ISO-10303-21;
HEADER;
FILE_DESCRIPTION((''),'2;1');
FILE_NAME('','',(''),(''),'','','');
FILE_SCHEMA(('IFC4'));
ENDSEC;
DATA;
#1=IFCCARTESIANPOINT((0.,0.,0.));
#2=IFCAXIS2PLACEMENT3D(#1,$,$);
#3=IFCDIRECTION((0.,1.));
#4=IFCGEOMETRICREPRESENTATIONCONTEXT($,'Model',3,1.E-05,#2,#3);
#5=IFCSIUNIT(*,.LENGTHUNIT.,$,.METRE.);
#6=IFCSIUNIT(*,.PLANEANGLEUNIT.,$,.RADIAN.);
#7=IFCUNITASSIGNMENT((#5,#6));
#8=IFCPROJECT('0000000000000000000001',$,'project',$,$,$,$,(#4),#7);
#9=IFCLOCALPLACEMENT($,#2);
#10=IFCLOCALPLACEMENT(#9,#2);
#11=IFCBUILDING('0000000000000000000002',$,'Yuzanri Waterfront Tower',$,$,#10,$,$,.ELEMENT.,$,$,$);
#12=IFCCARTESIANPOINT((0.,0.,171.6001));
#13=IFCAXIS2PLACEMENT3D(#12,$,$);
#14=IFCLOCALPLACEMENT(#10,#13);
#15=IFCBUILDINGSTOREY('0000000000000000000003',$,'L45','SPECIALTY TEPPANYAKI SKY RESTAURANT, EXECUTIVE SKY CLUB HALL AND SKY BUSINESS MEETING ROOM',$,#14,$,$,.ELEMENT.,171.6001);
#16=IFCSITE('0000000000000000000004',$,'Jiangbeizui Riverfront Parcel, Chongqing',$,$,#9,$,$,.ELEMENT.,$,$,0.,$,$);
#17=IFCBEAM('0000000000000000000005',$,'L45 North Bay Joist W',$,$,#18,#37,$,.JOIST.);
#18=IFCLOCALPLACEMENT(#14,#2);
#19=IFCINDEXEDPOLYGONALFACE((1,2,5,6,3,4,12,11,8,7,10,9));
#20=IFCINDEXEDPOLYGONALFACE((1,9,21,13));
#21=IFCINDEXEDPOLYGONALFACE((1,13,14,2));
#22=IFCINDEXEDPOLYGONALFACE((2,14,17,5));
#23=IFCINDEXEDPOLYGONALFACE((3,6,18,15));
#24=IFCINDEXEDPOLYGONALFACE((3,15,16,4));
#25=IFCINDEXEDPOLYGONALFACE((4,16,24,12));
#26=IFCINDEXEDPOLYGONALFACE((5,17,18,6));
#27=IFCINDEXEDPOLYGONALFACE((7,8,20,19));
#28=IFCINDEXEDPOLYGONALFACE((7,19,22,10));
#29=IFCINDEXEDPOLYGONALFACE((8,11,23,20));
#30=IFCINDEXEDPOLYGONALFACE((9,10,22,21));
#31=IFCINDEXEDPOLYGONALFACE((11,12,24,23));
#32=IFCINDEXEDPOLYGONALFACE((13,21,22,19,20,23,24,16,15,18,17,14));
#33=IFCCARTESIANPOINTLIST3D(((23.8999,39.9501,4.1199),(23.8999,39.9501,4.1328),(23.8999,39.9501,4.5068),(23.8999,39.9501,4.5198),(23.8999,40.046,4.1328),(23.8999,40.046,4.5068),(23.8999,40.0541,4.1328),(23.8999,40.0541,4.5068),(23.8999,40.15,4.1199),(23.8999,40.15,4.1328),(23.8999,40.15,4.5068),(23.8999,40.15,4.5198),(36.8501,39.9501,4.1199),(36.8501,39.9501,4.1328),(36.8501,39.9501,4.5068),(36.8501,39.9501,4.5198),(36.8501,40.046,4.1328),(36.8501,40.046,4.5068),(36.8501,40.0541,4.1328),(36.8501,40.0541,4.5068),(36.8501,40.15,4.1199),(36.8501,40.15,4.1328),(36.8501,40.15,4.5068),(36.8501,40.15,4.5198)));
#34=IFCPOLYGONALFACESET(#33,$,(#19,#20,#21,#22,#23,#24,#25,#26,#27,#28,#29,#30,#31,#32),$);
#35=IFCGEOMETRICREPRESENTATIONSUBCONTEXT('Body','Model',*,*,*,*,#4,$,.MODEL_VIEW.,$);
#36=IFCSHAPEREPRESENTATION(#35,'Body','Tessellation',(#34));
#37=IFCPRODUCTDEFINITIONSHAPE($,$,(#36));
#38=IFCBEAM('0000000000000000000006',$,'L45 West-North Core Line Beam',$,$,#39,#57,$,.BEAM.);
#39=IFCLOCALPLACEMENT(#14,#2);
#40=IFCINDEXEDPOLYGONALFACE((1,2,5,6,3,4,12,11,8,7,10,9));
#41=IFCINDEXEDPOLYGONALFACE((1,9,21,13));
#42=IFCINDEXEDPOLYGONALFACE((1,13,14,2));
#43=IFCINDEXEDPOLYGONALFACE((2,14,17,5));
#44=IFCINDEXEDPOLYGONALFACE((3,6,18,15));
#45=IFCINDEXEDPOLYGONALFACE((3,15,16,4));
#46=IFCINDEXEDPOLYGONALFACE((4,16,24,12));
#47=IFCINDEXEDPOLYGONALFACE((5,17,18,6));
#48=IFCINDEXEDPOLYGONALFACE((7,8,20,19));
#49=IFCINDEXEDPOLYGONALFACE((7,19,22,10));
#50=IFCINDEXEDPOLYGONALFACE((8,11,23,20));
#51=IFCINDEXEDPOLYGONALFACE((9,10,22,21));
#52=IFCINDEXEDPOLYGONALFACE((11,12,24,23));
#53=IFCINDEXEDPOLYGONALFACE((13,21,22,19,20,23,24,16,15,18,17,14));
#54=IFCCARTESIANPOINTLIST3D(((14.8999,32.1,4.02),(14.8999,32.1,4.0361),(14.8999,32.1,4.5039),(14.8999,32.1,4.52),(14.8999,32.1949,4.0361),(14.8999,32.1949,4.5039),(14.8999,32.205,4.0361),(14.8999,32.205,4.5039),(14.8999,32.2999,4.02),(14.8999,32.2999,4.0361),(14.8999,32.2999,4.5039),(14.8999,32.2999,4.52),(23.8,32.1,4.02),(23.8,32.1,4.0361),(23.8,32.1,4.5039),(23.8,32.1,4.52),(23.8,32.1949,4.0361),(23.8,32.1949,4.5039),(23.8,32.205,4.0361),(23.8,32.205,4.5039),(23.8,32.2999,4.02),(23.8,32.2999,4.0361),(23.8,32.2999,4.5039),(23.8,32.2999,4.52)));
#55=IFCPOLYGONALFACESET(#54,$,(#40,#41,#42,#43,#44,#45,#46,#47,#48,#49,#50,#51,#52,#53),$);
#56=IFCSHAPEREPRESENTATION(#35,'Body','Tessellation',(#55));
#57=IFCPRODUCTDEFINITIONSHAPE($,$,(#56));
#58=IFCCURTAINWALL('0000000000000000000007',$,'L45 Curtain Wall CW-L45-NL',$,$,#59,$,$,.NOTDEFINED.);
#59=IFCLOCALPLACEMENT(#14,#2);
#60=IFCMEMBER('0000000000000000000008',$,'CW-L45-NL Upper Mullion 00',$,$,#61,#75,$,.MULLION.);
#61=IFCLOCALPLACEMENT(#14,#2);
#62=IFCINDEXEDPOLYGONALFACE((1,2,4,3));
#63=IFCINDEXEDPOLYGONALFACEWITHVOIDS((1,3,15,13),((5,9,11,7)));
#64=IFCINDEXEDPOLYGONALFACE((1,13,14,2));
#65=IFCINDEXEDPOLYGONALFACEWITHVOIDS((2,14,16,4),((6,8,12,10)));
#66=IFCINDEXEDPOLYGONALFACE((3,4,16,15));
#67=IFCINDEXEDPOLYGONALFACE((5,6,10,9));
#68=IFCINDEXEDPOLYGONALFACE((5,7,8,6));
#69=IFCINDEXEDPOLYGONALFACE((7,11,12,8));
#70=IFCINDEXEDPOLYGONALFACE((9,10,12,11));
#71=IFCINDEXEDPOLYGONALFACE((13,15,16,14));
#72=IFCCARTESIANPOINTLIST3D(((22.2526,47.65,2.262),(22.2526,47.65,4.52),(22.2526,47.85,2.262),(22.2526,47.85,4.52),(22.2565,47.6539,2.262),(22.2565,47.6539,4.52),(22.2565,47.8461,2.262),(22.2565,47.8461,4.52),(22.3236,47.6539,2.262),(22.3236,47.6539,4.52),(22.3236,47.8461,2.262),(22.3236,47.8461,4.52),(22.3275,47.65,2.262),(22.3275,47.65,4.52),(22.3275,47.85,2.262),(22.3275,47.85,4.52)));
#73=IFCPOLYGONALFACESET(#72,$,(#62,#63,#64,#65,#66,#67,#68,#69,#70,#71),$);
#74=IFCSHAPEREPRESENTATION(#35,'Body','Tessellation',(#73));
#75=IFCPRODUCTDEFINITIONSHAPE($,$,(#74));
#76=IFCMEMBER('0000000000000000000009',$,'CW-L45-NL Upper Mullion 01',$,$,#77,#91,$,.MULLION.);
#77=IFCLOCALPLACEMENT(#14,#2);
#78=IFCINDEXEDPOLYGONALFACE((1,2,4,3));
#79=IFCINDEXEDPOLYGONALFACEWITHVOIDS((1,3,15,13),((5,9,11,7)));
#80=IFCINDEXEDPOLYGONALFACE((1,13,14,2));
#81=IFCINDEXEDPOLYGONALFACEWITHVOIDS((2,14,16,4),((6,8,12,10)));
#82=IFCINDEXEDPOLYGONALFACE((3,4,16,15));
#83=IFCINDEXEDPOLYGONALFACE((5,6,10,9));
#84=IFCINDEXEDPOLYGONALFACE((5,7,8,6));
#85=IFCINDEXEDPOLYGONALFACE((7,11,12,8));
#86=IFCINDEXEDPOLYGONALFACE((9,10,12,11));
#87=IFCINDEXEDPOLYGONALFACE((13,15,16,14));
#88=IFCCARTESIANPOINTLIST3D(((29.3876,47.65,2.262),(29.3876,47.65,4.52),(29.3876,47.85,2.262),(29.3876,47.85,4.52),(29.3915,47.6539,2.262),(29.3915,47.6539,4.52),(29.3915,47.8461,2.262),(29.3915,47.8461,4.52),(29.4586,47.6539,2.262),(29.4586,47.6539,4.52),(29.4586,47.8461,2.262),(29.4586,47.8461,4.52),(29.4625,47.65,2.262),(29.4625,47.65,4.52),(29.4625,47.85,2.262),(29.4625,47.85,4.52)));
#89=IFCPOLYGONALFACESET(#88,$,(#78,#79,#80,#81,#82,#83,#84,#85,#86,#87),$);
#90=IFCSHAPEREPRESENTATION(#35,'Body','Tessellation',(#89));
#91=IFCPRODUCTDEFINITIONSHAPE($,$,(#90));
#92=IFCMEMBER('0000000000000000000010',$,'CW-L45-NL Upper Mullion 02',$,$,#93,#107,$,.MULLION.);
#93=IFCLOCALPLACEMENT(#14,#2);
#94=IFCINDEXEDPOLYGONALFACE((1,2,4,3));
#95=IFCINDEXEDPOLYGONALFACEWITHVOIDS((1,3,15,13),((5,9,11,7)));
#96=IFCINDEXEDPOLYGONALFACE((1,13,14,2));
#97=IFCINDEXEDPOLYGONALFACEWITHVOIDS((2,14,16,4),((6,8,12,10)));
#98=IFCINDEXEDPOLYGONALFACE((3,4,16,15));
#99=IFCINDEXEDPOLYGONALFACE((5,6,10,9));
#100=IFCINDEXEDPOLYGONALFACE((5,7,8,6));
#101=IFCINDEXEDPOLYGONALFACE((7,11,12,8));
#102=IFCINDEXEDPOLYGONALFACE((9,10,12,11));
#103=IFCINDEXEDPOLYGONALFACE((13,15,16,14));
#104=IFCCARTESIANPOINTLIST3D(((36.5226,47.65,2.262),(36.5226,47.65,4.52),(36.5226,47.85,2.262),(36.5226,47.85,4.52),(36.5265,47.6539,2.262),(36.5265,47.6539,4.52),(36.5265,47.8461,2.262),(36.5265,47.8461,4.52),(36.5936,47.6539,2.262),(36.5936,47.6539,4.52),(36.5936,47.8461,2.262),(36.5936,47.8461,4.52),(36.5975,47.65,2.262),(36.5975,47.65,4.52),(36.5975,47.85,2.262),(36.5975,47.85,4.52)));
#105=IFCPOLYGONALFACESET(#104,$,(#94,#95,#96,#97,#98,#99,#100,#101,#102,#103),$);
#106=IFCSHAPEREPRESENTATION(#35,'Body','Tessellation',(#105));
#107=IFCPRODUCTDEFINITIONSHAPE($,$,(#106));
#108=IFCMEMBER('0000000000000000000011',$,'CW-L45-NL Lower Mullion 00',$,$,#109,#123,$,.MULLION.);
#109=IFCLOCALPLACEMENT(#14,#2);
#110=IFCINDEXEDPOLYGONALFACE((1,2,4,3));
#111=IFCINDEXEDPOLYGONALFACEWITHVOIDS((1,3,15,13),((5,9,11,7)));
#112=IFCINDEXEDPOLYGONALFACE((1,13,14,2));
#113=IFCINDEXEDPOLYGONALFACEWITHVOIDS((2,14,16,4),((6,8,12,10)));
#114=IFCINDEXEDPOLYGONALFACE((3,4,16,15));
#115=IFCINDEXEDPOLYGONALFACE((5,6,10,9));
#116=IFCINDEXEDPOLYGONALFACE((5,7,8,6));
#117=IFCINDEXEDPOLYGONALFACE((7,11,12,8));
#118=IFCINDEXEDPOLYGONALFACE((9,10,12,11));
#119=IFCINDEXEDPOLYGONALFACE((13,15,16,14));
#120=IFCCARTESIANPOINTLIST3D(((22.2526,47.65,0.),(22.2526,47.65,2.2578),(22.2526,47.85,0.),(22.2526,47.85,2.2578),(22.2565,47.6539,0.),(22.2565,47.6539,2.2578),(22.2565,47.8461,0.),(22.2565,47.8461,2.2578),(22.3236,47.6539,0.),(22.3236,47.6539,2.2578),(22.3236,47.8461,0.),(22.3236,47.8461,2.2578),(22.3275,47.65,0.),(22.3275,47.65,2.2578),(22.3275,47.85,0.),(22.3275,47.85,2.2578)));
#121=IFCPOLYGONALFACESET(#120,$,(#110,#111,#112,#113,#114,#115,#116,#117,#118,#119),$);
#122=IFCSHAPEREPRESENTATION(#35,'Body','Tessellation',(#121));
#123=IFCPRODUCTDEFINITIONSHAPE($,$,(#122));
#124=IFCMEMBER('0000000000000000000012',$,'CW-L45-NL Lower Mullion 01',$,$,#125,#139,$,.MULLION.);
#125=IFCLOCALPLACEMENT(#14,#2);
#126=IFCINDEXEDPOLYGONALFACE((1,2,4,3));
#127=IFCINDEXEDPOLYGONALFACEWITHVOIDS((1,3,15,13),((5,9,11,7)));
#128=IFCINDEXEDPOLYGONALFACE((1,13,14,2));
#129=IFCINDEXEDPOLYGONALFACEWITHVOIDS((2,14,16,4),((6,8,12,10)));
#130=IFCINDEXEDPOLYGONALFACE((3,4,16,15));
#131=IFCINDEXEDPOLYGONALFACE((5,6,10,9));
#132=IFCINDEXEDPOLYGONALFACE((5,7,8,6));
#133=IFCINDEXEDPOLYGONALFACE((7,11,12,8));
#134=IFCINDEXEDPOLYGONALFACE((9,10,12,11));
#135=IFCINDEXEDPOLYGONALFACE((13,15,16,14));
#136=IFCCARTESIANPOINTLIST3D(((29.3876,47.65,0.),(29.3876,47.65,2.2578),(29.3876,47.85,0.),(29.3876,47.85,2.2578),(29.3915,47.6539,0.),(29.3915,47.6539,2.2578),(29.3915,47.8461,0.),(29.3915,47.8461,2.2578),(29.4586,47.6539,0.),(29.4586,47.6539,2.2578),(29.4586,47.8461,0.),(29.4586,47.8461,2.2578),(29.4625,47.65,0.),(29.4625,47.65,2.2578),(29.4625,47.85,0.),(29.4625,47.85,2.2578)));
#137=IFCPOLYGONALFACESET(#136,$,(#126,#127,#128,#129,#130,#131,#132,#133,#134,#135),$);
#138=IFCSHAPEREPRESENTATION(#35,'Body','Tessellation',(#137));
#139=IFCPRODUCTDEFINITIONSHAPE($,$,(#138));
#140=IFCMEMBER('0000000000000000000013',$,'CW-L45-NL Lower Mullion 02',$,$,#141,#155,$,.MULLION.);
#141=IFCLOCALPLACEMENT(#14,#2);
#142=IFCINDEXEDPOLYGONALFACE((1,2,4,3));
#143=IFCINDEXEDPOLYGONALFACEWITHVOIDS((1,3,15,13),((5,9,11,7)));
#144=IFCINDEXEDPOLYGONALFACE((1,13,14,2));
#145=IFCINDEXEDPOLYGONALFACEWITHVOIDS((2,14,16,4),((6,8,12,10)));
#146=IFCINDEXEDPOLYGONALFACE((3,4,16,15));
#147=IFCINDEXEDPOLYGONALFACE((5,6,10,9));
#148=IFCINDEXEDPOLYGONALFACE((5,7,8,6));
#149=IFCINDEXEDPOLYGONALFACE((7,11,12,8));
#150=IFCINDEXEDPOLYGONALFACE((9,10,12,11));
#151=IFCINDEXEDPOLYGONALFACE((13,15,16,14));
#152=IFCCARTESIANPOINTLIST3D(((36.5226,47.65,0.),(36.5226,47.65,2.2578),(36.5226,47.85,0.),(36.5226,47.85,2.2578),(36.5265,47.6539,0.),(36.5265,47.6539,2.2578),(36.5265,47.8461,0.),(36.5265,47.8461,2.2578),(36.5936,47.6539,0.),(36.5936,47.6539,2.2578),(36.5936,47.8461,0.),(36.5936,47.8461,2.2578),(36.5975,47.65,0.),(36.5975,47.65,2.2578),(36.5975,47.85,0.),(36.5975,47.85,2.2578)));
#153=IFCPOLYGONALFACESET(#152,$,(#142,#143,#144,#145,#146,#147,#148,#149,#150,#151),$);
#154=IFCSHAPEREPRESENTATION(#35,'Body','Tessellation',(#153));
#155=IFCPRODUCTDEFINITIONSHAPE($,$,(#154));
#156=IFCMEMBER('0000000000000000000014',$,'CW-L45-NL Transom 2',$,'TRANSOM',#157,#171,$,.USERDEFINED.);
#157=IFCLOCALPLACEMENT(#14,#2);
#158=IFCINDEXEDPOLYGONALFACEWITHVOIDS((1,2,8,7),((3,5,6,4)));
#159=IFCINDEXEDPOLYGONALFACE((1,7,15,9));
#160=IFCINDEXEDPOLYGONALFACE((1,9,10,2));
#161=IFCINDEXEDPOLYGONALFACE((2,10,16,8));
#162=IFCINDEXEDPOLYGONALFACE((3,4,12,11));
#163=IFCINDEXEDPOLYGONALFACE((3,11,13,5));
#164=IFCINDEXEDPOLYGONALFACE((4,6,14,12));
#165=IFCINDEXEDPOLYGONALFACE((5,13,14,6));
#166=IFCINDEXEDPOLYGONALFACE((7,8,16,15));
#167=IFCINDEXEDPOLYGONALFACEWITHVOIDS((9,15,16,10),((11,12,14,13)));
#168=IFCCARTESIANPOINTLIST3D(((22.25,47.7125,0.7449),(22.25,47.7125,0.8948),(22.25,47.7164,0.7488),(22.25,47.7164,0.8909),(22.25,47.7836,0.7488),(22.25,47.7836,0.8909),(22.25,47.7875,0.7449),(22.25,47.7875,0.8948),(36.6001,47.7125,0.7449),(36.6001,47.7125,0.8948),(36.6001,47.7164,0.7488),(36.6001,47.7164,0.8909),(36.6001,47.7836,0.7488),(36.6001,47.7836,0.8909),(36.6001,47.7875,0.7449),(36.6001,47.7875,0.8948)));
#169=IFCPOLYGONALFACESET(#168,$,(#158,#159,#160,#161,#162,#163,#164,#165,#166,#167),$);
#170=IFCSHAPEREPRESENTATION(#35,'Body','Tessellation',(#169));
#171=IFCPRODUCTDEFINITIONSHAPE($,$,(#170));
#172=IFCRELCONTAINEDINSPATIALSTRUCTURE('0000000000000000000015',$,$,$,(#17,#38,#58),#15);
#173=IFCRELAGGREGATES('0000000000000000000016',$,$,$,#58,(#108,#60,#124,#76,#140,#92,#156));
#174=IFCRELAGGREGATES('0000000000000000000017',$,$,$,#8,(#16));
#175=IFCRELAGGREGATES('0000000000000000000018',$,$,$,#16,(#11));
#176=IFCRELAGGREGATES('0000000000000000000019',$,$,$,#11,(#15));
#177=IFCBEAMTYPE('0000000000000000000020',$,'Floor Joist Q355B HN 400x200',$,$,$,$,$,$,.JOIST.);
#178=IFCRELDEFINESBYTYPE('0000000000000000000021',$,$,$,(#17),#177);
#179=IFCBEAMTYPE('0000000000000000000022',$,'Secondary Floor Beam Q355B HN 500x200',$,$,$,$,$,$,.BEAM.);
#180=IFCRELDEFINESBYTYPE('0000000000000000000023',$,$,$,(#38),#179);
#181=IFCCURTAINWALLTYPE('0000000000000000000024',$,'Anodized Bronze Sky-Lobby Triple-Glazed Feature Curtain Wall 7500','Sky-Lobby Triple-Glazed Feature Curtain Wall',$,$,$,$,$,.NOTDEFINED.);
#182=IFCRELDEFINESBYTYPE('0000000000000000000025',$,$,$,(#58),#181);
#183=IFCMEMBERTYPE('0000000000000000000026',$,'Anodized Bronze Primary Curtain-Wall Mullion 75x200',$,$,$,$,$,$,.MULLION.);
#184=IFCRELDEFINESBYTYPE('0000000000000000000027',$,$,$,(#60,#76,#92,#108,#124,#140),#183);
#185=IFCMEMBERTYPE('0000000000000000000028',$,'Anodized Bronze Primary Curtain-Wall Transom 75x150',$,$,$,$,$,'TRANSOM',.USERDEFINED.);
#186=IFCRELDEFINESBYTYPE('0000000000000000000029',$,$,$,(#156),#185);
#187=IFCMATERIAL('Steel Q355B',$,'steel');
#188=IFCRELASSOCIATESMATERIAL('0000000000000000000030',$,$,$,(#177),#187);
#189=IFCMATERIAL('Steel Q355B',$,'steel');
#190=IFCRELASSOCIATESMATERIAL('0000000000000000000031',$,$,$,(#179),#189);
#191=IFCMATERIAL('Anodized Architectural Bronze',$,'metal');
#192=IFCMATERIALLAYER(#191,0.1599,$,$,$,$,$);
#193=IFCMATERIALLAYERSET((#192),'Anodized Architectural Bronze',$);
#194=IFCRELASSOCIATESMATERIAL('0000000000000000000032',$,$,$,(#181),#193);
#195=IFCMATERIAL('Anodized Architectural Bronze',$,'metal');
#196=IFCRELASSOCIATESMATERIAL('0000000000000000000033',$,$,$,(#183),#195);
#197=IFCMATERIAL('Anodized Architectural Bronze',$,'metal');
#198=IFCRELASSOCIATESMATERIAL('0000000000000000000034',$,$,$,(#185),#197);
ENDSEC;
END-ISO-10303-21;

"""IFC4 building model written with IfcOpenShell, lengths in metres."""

from ifc_helpers import new_model, si_unit, direction, frame, origin, origin_2d, place, context, subcontext, project, spatial, hollow_rectangle, i_section, extrude, source, transform, mapped, material, layer, layer_set, material_profile, profile_set, type_object, element, aggregate, save


model = new_model("IFC4")

# Units and contexts
model_context = context("Model", 3, precision=1e-05, world=origin(), true_north=direction((0.0, 1.0)))
body_context = subcontext(model_context, "Body", "Model", "MODEL_VIEW")
ifc_project = project(units=[si_unit("LENGTHUNIT", "METRE"), si_unit("PLANEANGLEUNIT", "RADIAN")], contexts=[model_context])

# Site, building, storey
site_placement = place(None, origin())
site = spatial("IfcSite", under=ifc_project, at=site_placement, Name="Jiangbeizui Riverfront Parcel, Chongqing", CompositionType="ELEMENT", RefElevation=0.0)
building_placement = place(site_placement, origin())
building = spatial("IfcBuilding", under=site, at=building_placement, Name="Yuzanri Waterfront Tower", CompositionType="ELEMENT")
storey_placement = place(building_placement, frame((0.0, 0.0, 171.6001)))
storey = spatial("IfcBuildingStorey", under=building, at=storey_placement, Name="L45", Description="SPECIALTY TEPPANYAKI SKY RESTAURANT, EXECUTIVE SKY CLUB HALL AND SKY BUSINESS MEETING ROOM", CompositionType="ELEMENT", Elevation=171.6001)

# Beams
ifc_material_1 = material(Name="Steel Q355B", Category="steel")
ifc_material_profile_1 = material_profile(ifc_material_1, i_section(OverallWidth=0.2, OverallDepth=0.3999, WebThickness=0.0081, FlangeThickness=0.0129, at=origin_2d()), Name="HN 400x200x8x13")
ifc_profile_set_1 = profile_set([ifc_material_profile_1], Name="Steel Q355B")
beam_type_1 = type_object("IfcBeamType", Name="Floor Joist Q355B HN 400x200", PredefinedType="JOIST", material=ifc_profile_set_1)
shared_shape_1 = source(origin(), body_context, "Body", "SweptSolid", [
    extrude(i_section(OverallWidth=0.2, OverallDepth=0.3999, WebThickness=0.0081, FlangeThickness=0.0129, at=origin_2d()), origin(), (0.0, 0.0, 1.0), 12.9502),
])
beam_1_placement = place(storey_placement, frame((23.8999, 40.05, 4.3198), z_axis=(1.0, 0.0, 0.0), x_axis=(0.0, 1.0, 0.0)))
element("IfcBeam", 1, at=beam_1_placement, inside=storey, type_object=beam_type_1, Name="L45 North Bay Joist W", PredefinedType="JOIST", context=body_context, shape_type="MappedRepresentation", body=[
    mapped(shared_shape_1, transform((0.0, 0.0, 0.0), scale=1.0)),
])
ifc_material_2 = material(Name="Steel Q355B", Category="steel")
ifc_material_profile_2 = material_profile(ifc_material_2, i_section(OverallWidth=0.2, OverallDepth=0.5, WebThickness=0.01, FlangeThickness=0.0161, at=origin_2d()), Name="HN 500x200x10x16")
ifc_profile_set_2 = profile_set([ifc_material_profile_2], Name="Steel Q355B")
beam_type_2 = type_object("IfcBeamType", Name="Secondary Floor Beam Q355B HN 500x200", PredefinedType="BEAM", material=ifc_profile_set_2)
shared_shape_2 = source(origin(), body_context, "Body", "SweptSolid", [
    extrude(i_section(OverallWidth=0.2, OverallDepth=0.5, WebThickness=0.01, FlangeThickness=0.0161, at=origin_2d()), origin(), (0.0, 0.0, 1.0), 8.9001),
])
beam_2_placement = place(storey_placement, frame((23.8, 32.2, 4.27), z_axis=(-1.0, 0.0, 0.0), x_axis=(0.0, -1.0, 0.0)))
element("IfcBeam", 2, at=beam_2_placement, inside=storey, type_object=beam_type_2, Name="L45 West-North Core Line Beam", PredefinedType="BEAM", context=body_context, shape_type="MappedRepresentation", body=[
    mapped(shared_shape_2, transform((0.0, 0.0, 0.0), scale=1.0)),
])

# Curtain wall, members
ifc_material_3 = material(Name="Anodized Architectural Bronze", Category="metal")
ifc_layer_1 = layer(ifc_material_3, 0.1599)
ifc_layer_set_1 = layer_set([ifc_layer_1], Name="Anodized Architectural Bronze")
curtain_wall_type = type_object("IfcCurtainWallType", Name="Anodized Bronze Sky-Lobby Triple-Glazed Feature Curtain Wall 7500", Description="Sky-Lobby Triple-Glazed Feature Curtain Wall", PredefinedType="NOTDEFINED", material=ifc_layer_set_1)
curtain_wall_placement = place(storey_placement, origin())
curtain_wall = element("IfcCurtainWall", 3, at=curtain_wall_placement, inside=storey, type_object=curtain_wall_type, Name="L45 Curtain Wall CW-L45-NL", PredefinedType="NOTDEFINED")
ifc_material_4 = material(Name="Anodized Architectural Bronze", Category="metal")
ifc_material_profile_3 = material_profile(ifc_material_4, hollow_rectangle(XDim=0.075, YDim=0.2, WallThickness=0.0039, at=origin_2d()), Name="CWM 75x200")
ifc_profile_set_3 = profile_set([ifc_material_profile_3], Name="Anodized Architectural Bronze")
member_type_1 = type_object("IfcMemberType", Name="Anodized Bronze Primary Curtain-Wall Mullion 75x200", PredefinedType="MULLION", material=ifc_profile_set_3)
shared_shape_3 = source(origin(), body_context, "Body", "SweptSolid", [
    extrude(hollow_rectangle(XDim=0.075, YDim=0.2, WallThickness=0.0039, at=origin_2d()), origin(), (0.0, 0.0, 1.0), 2.2581),
])
member_1_placement = place(storey_placement, frame((22.29, 47.75, 2.262), z_axis=(0.0, 0.0, 1.0), x_axis=(1.0, 0.0, 0.0)))
member_1 = element("IfcMember", 4, at=member_1_placement, type_object=member_type_1, Name="CW-L45-NL Upper Mullion 00", PredefinedType="MULLION", context=body_context, shape_type="MappedRepresentation", body=[
    mapped(shared_shape_3, transform((0.0, 0.0, 0.0), scale=1.0)),
])
member_2_placement = place(storey_placement, frame((29.425, 47.75, 2.262), z_axis=(0.0, 0.0, 1.0), x_axis=(1.0, 0.0, 0.0)))
member_2 = element("IfcMember", 5, at=member_2_placement, type_object=member_type_1, Name="CW-L45-NL Upper Mullion 01", PredefinedType="MULLION", context=body_context, shape_type="MappedRepresentation", body=[
    mapped(shared_shape_3, transform((0.0, 0.0, 0.0), scale=1.0)),
])
member_3_placement = place(storey_placement, frame((36.5601, 47.75, 2.262), z_axis=(0.0, 0.0, 1.0), x_axis=(1.0, 0.0, 0.0)))
member_3 = element("IfcMember", 6, at=member_3_placement, type_object=member_type_1, Name="CW-L45-NL Upper Mullion 02", PredefinedType="MULLION", context=body_context, shape_type="MappedRepresentation", body=[
    mapped(shared_shape_3, transform((0.0, 0.0, 0.0), scale=1.0)),
])
shared_shape_4 = source(origin(), body_context, "Body", "SweptSolid", [
    extrude(hollow_rectangle(XDim=0.075, YDim=0.2, WallThickness=0.0039, at=origin_2d()), origin(), (0.0, 0.0, 1.0), 2.2578),
])
member_4_placement = place(storey_placement, frame((22.29, 47.75, 0.0), z_axis=(0.0, 0.0, 1.0), x_axis=(1.0, 0.0, 0.0)))
member_4 = element("IfcMember", 7, at=member_4_placement, type_object=member_type_1, Name="CW-L45-NL Lower Mullion 00", PredefinedType="MULLION", context=body_context, shape_type="MappedRepresentation", body=[
    mapped(shared_shape_4, transform((0.0, 0.0, 0.0), scale=1.0)),
])
member_5_placement = place(storey_placement, frame((29.425, 47.75, 0.0), z_axis=(0.0, 0.0, 1.0), x_axis=(1.0, 0.0, 0.0)))
member_5 = element("IfcMember", 8, at=member_5_placement, type_object=member_type_1, Name="CW-L45-NL Lower Mullion 01", PredefinedType="MULLION", context=body_context, shape_type="MappedRepresentation", body=[
    mapped(shared_shape_4, transform((0.0, 0.0, 0.0), scale=1.0)),
])
member_6_placement = place(storey_placement, frame((36.5601, 47.75, 0.0), z_axis=(0.0, 0.0, 1.0), x_axis=(1.0, 0.0, 0.0)))
member_6 = element("IfcMember", 9, at=member_6_placement, type_object=member_type_1, Name="CW-L45-NL Lower Mullion 02", PredefinedType="MULLION", context=body_context, shape_type="MappedRepresentation", body=[
    mapped(shared_shape_4, transform((0.0, 0.0, 0.0), scale=1.0)),
])
ifc_material_5 = material(Name="Anodized Architectural Bronze", Category="metal")
ifc_material_profile_4 = material_profile(ifc_material_5, hollow_rectangle(XDim=0.075, YDim=0.1499, WallThickness=0.0039, at=origin_2d()), Name="CWT 75x150")
ifc_profile_set_4 = profile_set([ifc_material_profile_4], Name="Anodized Architectural Bronze")
member_type_2 = type_object("IfcMemberType", Name="Anodized Bronze Primary Curtain-Wall Transom 75x150", ElementType="TRANSOM", PredefinedType="USERDEFINED", material=ifc_profile_set_4)
shared_shape_5 = source(origin(), body_context, "Body", "SweptSolid", [
    extrude(hollow_rectangle(XDim=0.075, YDim=0.1499, WallThickness=0.0039, at=origin_2d()), origin(), (0.0, 0.0, 1.0), 14.3501),
])
member_7_placement = place(storey_placement, frame((22.25, 47.75, 0.8198), z_axis=(1.0, 0.0, 0.0), x_axis=(0.0, 1.0, 0.0)))
member_7 = element("IfcMember", 10, at=member_7_placement, type_object=member_type_2, Name="CW-L45-NL Transom 2", ObjectType="TRANSOM", PredefinedType="USERDEFINED", context=body_context, shape_type="MappedRepresentation", body=[
    mapped(shared_shape_5, transform((0.0, 0.0, 0.0), scale=1.0)),
])
aggregate(curtain_wall, [member_4, member_1, member_5, member_2, member_6, member_3, member_7])

save(model, "model.ifc")
